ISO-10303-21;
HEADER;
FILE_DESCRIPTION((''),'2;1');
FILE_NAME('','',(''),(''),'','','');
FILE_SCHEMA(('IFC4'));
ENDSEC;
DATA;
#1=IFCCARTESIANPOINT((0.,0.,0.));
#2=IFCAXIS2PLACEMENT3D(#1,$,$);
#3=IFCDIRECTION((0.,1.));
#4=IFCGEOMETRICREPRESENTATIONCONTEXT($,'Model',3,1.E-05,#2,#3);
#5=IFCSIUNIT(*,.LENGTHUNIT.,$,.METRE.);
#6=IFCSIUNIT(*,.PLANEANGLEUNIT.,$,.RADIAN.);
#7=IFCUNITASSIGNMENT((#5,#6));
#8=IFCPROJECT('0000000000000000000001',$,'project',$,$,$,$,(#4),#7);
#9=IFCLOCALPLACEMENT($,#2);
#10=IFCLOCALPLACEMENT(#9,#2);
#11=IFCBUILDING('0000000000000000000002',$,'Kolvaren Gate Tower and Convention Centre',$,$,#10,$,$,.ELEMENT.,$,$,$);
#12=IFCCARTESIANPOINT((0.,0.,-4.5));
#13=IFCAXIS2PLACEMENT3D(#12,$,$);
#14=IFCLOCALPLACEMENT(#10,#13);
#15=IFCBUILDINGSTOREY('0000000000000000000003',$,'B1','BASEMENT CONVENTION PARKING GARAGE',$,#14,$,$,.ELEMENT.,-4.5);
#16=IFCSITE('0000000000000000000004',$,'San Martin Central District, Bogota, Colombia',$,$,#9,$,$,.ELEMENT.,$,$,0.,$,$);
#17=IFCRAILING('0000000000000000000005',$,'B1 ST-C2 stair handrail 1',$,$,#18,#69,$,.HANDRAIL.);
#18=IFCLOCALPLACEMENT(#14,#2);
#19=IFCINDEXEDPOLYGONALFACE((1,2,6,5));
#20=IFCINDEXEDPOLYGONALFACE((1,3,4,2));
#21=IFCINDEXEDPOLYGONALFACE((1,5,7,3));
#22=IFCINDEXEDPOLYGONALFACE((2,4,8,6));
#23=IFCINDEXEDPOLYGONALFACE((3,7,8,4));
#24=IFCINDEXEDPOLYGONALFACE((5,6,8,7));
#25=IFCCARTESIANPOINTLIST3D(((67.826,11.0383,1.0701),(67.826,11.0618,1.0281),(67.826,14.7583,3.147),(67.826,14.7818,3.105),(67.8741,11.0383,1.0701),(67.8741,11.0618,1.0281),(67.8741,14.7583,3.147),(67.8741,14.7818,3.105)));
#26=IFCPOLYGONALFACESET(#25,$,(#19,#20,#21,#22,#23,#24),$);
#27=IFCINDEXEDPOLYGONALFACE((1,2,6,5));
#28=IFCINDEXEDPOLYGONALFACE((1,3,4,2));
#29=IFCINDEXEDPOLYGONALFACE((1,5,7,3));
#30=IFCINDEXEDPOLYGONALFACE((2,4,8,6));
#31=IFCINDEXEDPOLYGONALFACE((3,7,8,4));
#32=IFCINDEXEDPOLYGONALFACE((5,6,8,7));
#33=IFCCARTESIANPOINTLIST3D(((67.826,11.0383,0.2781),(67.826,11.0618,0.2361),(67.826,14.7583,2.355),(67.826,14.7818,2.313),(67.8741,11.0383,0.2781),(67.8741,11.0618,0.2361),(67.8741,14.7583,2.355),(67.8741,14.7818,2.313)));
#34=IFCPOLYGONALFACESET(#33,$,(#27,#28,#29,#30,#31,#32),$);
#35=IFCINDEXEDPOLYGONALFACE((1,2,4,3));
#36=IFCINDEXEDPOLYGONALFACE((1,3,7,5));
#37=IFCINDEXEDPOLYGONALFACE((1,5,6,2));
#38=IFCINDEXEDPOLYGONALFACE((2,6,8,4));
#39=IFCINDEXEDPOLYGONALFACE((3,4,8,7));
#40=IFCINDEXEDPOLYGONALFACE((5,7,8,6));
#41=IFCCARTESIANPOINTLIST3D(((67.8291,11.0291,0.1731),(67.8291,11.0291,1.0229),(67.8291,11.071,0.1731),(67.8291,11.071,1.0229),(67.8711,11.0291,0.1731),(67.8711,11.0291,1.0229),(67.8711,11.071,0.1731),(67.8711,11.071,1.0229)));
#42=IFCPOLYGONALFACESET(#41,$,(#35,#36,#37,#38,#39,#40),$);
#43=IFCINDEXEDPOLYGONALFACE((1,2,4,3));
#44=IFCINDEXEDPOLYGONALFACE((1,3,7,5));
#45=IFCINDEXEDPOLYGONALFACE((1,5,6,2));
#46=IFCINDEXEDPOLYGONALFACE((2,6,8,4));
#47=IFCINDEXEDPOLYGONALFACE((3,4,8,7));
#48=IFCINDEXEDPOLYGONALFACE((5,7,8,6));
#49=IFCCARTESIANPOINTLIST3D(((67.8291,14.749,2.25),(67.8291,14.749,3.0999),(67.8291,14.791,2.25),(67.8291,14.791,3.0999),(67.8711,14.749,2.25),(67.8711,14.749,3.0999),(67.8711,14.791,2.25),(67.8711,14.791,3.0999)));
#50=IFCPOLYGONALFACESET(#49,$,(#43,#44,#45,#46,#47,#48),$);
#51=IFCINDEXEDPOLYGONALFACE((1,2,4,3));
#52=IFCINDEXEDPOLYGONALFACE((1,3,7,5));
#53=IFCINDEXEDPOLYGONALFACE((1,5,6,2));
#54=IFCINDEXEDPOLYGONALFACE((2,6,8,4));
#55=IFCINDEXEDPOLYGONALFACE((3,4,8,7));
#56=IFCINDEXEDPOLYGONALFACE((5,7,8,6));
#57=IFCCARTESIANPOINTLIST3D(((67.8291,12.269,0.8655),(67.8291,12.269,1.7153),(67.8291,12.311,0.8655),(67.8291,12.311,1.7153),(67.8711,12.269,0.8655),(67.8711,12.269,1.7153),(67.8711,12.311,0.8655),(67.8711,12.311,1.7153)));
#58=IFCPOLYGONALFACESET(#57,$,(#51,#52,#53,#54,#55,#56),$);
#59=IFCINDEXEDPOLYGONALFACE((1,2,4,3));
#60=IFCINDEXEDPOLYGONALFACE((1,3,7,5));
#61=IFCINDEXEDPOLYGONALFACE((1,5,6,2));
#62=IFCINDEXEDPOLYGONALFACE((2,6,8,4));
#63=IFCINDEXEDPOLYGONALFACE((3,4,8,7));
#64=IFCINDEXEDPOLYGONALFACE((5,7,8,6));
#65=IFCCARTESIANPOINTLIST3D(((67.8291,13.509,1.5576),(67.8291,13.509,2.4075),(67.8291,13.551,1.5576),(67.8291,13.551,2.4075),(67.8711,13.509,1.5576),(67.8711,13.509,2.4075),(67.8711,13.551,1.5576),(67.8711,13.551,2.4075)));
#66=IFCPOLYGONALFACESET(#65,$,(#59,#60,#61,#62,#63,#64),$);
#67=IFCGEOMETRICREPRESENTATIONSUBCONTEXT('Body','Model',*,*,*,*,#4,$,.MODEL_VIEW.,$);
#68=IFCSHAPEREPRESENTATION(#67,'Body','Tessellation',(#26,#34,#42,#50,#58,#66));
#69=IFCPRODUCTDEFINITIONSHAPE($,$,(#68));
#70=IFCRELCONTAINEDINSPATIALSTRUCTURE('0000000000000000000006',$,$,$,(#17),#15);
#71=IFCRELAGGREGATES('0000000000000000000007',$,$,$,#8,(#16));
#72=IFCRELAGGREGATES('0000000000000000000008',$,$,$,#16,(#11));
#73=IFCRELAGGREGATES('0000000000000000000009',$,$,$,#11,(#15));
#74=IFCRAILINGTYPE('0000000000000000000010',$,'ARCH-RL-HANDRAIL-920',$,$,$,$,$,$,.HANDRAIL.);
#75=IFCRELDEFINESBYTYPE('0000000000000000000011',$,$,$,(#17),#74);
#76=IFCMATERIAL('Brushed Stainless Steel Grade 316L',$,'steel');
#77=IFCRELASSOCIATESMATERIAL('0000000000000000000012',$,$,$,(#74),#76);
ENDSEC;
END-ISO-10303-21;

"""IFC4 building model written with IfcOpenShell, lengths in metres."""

from ifc_helpers import new_model, si_unit, direction, frame, origin, origin_2d, place, context, subcontext, project, spatial, rectangle, extrude, material, type_object, element, save


model = new_model("IFC4")

# Units and contexts
model_context = context("Model", 3, precision=1e-05, world=origin(), true_north=direction((0.0, 1.0)))
body_context = subcontext(model_context, "Body", "Model", "MODEL_VIEW")
ifc_project = project(units=[si_unit("LENGTHUNIT", "METRE"), si_unit("PLANEANGLEUNIT", "RADIAN")], contexts=[model_context])

# Site, building, storey
site_placement = place(None, origin())
site = spatial("IfcSite", under=ifc_project, at=site_placement, Name="San Martin Central District, Bogota, Colombia", CompositionType="ELEMENT", RefElevation=0.0)
building_placement = place(site_placement, origin())
building = spatial("IfcBuilding", under=site, at=building_placement, Name="Kolvaren Gate Tower and Convention Centre", CompositionType="ELEMENT")
storey_placement = place(building_placement, frame((0.0, 0.0, -4.5)))
storey = spatial("IfcBuildingStorey", under=building, at=storey_placement, Name="B1", Description="BASEMENT CONVENTION PARKING GARAGE", CompositionType="ELEMENT", Elevation=-4.5)

# Railing
ifc_material_1 = material(Name="Brushed Stainless Steel Grade 316L", Category="steel")
railing_type_1 = type_object("IfcRailingType", Name="ARCH-RL-HANDRAIL-920", PredefinedType="HANDRAIL", material=ifc_material_1)
railing_1_placement = place(storey_placement, frame((67.8501, 11.05, 0.1731)))
element("IfcRailing", 1, at=railing_1_placement, inside=storey, type_object=railing_type_1, Name="B1 ST-C2 stair handrail 1", PredefinedType="HANDRAIL", context=body_context, shape_type="SweptSolid", body=[
    extrude(rectangle(XDim=0.0481, YDim=0.0481, at=origin_2d()), frame((0.0, 0.0, 0.876), z_axis=(0.0, 0.873134, 0.487481), x_axis=(-1.0, 0.0, 0.0)), (0.0, 0.0, 1.0), 4.2605),
    extrude(rectangle(XDim=0.0481, YDim=0.0481, at=origin_2d()), frame((0.0, 0.0, 0.084), z_axis=(0.0, 0.873134, 0.487481), x_axis=(-1.0, 0.0, 0.0)), (0.0, 0.0, 1.0), 4.2605),
    extrude(rectangle(XDim=0.042, YDim=0.042, at=origin_2d()), origin(), (0.0, 0.0, 1.0), 0.8499),
    extrude(rectangle(XDim=0.042, YDim=0.042, at=origin_2d()), frame((0.0, 3.72, 2.0769)), (0.0, 0.0, 1.0), 0.8499),
    extrude(rectangle(XDim=0.042, YDim=0.042, at=origin_2d()), frame((0.0, 1.24, 0.6924)), (0.0, 0.0, 1.0), 0.8499),
    extrude(rectangle(XDim=0.042, YDim=0.042, at=origin_2d()), frame((0.0, 2.48, 1.3845)), (0.0, 0.0, 1.0), 0.8499),
])

save(model, "model.ifc")
